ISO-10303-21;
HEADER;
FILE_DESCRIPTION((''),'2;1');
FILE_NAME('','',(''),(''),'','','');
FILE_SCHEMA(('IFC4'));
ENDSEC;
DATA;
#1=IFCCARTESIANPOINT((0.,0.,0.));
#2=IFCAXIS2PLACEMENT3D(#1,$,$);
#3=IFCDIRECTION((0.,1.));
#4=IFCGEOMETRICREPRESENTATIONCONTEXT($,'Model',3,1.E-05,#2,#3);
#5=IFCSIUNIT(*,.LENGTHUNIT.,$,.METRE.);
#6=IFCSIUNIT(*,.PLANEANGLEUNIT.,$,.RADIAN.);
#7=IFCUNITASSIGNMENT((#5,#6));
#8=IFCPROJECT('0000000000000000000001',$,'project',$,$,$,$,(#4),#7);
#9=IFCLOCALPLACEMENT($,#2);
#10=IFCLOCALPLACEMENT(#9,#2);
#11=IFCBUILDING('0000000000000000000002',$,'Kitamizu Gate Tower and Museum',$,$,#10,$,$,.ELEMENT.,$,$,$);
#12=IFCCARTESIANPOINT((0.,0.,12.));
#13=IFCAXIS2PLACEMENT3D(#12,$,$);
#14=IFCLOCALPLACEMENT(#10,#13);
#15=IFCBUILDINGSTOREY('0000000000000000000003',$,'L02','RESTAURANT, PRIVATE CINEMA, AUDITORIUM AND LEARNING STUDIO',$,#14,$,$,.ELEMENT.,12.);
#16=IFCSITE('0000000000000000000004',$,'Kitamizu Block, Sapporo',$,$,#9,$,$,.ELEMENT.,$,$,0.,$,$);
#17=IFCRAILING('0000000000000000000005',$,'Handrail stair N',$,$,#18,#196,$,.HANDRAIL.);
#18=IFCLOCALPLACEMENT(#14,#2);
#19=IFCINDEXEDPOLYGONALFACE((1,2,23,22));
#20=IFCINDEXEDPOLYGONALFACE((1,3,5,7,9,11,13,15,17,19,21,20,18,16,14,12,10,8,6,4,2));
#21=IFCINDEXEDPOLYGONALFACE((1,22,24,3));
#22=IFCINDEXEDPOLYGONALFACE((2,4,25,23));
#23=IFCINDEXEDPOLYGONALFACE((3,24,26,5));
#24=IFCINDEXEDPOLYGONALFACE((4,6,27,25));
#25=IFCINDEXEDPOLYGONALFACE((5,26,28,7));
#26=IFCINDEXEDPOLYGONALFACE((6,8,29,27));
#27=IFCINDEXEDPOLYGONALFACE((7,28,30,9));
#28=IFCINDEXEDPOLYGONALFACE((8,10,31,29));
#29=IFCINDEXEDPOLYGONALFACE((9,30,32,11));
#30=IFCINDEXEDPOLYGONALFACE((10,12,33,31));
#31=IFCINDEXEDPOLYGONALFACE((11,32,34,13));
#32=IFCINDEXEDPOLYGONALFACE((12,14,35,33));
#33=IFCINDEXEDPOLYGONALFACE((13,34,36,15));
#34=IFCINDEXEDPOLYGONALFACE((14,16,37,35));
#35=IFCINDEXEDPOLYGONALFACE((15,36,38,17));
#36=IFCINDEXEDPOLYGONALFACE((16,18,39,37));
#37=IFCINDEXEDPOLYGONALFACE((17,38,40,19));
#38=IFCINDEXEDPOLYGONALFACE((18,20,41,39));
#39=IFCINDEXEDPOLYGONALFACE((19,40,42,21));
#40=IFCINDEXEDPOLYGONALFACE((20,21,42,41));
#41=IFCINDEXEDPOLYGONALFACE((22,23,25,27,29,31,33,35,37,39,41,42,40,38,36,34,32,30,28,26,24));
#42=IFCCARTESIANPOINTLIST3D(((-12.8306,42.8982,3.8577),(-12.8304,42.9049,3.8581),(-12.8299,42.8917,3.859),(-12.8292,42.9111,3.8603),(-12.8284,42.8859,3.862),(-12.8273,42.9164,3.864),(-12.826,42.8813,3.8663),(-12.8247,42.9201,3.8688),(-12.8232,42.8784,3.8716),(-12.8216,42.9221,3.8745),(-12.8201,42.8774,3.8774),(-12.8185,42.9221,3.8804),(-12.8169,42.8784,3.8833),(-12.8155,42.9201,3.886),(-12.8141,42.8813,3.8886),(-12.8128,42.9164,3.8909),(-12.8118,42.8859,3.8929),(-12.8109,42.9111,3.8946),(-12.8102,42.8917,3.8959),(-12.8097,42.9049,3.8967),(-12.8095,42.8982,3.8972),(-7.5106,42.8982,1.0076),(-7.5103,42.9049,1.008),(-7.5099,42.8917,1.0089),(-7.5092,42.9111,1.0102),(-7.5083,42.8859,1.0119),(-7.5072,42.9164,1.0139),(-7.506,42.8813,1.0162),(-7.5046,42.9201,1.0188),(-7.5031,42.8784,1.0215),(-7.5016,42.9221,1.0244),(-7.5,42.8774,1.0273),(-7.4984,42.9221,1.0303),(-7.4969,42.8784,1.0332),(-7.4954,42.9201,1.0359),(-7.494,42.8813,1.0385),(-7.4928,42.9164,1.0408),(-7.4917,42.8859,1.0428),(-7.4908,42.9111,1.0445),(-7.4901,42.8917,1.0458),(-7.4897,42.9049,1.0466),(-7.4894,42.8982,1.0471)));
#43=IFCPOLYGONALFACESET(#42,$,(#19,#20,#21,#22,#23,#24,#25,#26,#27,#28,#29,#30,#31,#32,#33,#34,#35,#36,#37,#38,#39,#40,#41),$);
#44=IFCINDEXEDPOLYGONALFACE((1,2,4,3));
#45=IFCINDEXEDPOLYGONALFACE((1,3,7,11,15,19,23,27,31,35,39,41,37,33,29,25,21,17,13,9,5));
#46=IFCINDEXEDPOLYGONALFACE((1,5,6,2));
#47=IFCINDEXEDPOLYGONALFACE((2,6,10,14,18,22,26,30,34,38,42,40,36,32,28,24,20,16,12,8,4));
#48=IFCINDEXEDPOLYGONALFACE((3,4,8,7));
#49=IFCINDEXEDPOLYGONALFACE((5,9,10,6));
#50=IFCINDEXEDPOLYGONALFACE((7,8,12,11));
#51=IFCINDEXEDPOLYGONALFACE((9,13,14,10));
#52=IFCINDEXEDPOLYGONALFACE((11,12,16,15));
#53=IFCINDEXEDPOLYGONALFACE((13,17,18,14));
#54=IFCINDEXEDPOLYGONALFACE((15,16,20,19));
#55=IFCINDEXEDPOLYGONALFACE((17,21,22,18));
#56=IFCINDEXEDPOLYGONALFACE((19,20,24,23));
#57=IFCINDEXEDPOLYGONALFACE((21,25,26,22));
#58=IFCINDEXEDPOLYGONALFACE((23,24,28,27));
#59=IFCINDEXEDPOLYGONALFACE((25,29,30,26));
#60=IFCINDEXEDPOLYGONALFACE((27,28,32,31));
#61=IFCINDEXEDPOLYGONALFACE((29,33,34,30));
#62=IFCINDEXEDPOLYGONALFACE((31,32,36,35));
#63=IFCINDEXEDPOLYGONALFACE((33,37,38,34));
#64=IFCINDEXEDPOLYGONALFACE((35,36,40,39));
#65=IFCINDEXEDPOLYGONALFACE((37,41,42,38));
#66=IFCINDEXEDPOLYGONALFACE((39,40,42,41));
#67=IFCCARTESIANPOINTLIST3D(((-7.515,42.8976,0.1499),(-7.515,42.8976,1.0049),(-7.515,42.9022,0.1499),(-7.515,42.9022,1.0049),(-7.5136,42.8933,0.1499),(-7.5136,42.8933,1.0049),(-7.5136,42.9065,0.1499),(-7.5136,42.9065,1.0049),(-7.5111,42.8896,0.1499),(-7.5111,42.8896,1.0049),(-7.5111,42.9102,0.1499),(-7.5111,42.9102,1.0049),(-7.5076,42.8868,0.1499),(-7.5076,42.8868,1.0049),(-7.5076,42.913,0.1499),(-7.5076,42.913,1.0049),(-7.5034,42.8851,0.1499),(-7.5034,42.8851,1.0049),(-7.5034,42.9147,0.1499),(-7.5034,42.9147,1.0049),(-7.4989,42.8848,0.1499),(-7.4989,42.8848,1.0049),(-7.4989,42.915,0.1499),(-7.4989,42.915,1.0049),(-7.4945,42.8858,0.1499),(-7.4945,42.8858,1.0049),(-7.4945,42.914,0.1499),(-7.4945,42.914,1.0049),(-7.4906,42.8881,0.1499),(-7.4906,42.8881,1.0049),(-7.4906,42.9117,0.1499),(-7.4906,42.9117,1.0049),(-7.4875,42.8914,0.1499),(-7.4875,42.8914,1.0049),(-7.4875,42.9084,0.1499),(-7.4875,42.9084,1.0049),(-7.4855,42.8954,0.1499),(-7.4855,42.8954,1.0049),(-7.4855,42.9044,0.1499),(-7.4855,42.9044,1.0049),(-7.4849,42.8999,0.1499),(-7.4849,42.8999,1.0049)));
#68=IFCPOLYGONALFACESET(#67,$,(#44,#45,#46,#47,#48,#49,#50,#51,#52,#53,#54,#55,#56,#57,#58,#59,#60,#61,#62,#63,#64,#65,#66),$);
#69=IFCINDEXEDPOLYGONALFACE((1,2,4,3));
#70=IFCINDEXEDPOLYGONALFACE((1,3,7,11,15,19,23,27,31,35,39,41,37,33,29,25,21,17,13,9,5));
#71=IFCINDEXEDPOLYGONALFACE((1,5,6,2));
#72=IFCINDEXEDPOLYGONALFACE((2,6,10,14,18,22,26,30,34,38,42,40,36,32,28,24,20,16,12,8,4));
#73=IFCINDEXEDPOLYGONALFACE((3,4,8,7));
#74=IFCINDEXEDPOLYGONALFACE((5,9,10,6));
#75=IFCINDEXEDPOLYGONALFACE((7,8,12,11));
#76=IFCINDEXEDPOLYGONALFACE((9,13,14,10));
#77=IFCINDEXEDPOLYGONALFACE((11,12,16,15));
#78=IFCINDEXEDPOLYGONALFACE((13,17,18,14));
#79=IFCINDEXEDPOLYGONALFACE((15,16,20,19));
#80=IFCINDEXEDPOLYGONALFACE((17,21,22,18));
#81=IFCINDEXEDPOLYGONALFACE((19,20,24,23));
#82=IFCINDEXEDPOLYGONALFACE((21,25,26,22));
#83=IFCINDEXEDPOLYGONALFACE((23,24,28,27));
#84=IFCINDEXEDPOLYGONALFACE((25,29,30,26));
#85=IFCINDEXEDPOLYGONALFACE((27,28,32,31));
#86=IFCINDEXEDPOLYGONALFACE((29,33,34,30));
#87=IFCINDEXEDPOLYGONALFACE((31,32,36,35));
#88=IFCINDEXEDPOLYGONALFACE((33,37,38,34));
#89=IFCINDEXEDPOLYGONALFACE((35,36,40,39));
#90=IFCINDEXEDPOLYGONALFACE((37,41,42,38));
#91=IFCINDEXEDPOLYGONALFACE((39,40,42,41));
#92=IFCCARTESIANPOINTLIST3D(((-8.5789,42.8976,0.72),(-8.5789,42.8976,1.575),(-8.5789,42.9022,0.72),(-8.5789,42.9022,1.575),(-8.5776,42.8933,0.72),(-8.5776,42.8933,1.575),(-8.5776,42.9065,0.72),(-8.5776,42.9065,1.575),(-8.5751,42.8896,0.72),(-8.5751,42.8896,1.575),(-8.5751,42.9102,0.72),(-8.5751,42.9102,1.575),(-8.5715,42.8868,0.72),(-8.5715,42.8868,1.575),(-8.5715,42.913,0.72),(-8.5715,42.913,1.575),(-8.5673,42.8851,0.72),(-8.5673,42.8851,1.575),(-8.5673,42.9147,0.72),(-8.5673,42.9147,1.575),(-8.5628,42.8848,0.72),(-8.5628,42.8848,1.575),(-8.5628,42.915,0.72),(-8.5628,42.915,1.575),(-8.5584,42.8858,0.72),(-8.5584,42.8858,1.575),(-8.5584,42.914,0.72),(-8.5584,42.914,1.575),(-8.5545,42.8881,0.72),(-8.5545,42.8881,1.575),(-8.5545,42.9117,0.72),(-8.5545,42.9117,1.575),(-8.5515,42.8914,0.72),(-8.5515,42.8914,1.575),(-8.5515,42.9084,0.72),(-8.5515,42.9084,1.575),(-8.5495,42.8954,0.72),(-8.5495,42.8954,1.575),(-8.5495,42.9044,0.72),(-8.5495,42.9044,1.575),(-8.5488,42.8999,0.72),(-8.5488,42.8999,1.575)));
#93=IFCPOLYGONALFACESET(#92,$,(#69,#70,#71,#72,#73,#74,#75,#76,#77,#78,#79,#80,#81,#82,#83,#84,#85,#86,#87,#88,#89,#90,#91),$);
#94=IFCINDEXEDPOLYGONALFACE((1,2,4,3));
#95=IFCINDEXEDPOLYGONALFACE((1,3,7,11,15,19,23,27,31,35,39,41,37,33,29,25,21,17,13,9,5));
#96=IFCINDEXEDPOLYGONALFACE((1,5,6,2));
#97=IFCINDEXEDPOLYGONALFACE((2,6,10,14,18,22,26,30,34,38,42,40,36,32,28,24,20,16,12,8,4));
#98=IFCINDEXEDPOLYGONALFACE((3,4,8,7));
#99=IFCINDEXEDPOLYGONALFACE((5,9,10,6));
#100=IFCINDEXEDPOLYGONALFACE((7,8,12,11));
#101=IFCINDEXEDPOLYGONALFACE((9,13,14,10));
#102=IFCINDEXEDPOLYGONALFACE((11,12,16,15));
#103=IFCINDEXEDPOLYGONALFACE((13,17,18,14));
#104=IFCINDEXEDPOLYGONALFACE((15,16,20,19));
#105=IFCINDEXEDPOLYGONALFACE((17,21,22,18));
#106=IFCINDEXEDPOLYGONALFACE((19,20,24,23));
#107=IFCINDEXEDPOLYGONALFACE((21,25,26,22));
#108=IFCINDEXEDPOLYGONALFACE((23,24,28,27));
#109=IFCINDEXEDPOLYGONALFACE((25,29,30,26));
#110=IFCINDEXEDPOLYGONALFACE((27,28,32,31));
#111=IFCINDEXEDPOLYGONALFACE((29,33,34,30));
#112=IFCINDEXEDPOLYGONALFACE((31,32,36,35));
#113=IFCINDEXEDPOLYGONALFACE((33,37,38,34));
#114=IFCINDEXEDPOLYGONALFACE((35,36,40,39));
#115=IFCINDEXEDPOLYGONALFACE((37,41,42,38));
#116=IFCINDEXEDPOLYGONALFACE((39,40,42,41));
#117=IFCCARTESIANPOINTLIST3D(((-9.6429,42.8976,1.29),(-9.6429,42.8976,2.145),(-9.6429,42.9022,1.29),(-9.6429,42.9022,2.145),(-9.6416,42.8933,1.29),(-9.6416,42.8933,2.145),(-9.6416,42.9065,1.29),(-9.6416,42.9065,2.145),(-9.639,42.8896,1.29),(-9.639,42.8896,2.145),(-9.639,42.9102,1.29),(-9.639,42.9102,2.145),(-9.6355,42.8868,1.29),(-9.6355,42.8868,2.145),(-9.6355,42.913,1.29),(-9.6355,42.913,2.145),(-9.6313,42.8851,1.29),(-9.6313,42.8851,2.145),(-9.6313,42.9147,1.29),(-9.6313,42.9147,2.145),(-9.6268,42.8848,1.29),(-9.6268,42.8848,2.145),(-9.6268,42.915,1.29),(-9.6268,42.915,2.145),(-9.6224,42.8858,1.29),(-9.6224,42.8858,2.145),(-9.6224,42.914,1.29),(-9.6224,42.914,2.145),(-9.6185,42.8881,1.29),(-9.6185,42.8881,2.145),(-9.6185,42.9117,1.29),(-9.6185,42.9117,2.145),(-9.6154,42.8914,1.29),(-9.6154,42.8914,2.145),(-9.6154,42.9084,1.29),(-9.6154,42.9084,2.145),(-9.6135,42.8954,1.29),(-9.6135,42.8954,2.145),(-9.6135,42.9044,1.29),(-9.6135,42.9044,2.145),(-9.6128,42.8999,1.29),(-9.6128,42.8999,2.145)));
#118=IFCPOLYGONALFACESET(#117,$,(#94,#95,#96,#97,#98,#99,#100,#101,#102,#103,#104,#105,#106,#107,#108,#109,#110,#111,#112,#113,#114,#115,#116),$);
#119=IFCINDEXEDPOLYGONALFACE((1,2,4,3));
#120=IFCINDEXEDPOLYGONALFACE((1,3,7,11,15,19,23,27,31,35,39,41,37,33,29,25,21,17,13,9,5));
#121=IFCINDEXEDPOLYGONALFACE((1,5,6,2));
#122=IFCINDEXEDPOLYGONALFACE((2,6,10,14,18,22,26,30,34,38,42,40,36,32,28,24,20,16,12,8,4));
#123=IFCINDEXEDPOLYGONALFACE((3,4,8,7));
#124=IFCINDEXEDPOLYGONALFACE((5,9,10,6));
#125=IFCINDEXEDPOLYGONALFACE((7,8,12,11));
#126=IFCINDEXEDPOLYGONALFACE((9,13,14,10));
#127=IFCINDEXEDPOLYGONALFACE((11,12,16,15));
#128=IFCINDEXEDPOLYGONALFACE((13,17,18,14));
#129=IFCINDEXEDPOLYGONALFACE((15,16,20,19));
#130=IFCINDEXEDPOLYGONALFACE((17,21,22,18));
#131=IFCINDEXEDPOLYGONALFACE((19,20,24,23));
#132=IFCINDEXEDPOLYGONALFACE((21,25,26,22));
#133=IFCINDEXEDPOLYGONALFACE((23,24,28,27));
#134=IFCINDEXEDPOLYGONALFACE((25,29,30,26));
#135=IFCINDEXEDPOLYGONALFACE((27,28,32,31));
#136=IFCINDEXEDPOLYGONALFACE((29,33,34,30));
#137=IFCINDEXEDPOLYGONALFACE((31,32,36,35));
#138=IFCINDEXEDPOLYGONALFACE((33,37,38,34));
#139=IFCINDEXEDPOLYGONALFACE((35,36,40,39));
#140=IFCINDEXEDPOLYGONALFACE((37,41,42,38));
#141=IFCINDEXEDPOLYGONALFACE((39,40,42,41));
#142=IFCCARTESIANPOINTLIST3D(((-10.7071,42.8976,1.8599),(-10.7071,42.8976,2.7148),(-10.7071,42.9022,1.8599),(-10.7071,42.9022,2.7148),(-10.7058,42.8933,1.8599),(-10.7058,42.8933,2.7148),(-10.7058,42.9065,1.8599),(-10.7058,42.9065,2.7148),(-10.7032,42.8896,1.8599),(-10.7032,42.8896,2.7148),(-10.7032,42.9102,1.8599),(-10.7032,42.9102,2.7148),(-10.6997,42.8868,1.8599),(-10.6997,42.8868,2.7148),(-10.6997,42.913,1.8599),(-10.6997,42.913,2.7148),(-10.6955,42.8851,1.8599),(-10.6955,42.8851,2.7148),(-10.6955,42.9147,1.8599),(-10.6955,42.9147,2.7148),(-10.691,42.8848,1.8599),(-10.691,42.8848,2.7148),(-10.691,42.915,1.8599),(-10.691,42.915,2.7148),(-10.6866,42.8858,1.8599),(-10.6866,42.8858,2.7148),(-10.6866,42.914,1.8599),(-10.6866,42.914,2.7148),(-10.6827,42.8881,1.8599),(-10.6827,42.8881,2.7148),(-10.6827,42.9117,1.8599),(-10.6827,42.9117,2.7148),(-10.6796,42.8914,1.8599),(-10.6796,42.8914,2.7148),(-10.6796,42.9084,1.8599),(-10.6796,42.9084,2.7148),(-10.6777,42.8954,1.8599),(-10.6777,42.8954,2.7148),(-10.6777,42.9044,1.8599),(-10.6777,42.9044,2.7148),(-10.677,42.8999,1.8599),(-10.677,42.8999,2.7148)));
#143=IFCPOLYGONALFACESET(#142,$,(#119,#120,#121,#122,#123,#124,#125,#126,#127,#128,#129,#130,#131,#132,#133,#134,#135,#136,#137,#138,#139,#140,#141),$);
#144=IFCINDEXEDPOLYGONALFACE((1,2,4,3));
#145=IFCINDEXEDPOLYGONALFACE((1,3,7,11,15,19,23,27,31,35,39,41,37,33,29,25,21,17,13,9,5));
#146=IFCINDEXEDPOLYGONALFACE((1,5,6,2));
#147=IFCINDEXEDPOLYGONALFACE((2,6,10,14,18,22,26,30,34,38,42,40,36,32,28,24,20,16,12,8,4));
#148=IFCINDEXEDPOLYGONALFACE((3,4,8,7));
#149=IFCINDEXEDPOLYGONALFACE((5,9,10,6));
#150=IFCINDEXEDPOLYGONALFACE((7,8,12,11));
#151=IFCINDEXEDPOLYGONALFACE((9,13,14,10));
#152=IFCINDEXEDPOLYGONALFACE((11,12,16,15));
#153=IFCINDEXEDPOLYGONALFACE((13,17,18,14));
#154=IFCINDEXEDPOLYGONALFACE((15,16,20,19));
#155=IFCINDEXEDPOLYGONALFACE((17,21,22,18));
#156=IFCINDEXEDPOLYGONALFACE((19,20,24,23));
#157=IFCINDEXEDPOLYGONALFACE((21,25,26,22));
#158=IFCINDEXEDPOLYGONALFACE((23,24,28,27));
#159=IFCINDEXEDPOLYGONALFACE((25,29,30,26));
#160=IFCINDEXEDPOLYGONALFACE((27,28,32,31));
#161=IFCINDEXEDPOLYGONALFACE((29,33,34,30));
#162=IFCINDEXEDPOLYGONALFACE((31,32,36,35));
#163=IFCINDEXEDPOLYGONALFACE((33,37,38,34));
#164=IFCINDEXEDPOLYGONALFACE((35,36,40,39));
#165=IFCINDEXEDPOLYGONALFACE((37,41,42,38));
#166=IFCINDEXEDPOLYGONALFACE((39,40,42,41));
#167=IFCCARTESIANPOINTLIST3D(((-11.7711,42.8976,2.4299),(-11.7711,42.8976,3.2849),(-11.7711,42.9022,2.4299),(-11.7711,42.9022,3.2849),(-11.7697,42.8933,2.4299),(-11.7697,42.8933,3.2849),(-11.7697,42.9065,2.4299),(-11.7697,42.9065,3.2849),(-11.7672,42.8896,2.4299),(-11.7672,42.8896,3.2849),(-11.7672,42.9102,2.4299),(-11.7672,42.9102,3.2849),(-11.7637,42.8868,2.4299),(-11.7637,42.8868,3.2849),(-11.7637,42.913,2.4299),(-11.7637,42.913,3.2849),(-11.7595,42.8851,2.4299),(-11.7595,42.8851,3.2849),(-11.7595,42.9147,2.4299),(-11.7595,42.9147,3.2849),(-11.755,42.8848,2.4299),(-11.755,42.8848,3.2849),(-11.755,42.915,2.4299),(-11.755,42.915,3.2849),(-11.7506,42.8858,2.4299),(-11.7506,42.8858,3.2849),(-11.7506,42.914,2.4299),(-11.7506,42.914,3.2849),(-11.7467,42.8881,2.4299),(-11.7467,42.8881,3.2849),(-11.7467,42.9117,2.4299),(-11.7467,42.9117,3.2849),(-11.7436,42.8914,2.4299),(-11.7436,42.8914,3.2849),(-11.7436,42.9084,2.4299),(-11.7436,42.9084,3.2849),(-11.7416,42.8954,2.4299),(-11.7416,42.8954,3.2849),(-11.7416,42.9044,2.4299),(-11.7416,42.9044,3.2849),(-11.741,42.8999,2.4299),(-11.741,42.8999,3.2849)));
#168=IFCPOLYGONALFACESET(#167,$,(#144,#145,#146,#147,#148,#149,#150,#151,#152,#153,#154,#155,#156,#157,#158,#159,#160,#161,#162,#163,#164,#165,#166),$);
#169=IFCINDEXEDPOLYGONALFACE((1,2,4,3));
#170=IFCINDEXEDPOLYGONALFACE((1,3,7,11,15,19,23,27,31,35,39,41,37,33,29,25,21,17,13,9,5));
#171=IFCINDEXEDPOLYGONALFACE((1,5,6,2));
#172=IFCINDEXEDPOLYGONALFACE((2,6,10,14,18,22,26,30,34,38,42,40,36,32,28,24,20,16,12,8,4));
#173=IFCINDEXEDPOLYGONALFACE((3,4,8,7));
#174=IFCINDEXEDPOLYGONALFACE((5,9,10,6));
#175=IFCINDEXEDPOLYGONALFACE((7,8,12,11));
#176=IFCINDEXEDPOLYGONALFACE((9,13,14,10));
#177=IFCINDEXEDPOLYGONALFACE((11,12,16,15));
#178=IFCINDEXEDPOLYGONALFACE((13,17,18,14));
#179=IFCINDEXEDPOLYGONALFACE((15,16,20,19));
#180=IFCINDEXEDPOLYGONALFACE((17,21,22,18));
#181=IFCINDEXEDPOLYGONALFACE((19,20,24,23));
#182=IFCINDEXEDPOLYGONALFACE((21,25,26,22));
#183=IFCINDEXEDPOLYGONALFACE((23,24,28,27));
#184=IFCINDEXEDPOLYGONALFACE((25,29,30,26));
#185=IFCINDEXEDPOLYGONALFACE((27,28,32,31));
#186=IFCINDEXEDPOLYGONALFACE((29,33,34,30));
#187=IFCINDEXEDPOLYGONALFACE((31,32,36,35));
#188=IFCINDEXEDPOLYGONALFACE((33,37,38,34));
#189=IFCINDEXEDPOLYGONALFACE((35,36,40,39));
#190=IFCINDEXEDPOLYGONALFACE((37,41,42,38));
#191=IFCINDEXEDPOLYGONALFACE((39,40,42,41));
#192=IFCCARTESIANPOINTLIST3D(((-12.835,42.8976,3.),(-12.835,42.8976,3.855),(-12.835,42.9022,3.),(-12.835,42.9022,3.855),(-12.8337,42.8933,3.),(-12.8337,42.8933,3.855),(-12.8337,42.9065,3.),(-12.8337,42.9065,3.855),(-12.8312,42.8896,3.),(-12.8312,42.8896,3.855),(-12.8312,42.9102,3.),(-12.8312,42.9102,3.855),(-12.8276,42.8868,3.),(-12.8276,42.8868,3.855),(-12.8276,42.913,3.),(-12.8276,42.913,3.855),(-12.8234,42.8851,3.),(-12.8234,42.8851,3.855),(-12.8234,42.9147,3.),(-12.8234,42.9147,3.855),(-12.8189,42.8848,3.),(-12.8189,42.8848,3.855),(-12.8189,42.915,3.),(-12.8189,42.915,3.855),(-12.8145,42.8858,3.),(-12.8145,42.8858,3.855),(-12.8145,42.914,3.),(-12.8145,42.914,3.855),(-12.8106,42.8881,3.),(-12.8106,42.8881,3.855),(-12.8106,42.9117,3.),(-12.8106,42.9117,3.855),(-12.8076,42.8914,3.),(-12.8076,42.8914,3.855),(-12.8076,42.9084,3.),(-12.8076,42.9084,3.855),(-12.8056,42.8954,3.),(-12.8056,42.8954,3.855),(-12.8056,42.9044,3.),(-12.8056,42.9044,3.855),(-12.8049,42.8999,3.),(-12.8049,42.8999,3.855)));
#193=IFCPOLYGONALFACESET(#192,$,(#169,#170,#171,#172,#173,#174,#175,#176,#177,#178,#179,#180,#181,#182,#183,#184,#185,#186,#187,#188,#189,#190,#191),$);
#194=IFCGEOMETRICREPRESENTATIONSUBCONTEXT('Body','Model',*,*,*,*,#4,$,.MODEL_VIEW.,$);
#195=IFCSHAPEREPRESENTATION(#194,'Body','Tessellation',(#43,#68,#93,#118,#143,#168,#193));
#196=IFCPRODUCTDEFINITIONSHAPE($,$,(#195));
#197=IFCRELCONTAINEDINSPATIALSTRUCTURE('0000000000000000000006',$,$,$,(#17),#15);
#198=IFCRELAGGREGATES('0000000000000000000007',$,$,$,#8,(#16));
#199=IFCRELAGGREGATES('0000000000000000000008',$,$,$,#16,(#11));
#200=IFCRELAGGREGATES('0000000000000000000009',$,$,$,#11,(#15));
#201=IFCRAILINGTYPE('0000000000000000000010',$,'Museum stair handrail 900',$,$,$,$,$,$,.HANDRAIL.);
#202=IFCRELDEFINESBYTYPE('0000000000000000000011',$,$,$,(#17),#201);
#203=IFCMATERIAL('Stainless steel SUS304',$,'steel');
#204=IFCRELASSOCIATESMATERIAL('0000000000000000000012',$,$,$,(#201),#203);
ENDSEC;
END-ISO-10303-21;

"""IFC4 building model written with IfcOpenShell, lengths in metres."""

from ifc_helpers import new_model, si_unit, direction, frame, origin, origin_2d, place, context, subcontext, project, spatial, circle, extrude, material, type_object, element, save


model = new_model("IFC4")

# Units and contexts
model_context = context("Model", 3, precision=1e-05, world=origin(), true_north=direction((0.0, 1.0)))
body_context = subcontext(model_context, "Body", "Model", "MODEL_VIEW")
ifc_project = project(units=[si_unit("LENGTHUNIT", "METRE"), si_unit("PLANEANGLEUNIT", "RADIAN")], contexts=[model_context])

# Site, building, storey
site_placement = place(None, origin())
site = spatial("IfcSite", under=ifc_project, at=site_placement, Name="Kitamizu Block, Sapporo", CompositionType="ELEMENT", RefElevation=0.0)
building_placement = place(site_placement, origin())
building = spatial("IfcBuilding", under=site, at=building_placement, Name="Kitamizu Gate Tower and Museum", CompositionType="ELEMENT")
storey_placement = place(building_placement, frame((0.0, 0.0, 12.0)))
storey = spatial("IfcBuildingStorey", under=building, at=storey_placement, Name="L02", Description="RESTAURANT, PRIVATE CINEMA, AUDITORIUM AND LEARNING STUDIO", CompositionType="ELEMENT", Elevation=12.0)

# Railing
ifc_material_1 = material(Name="Stainless steel SUS304", Category="steel")
railing_type = type_object("IfcRailingType", Name="Museum stair handrail 900", PredefinedType="HANDRAIL", material=ifc_material_1)
for number, where, name in (
    (1, (-7.5, 42.8999, 0.1499), "Handrail stair N"),
):
    element("IfcRailing", number, at=place(storey_placement, frame(where)), inside=storey, type_object=railing_type, Name=name, PredefinedType="HANDRAIL", context=body_context, shape_type="SweptSolid", body=[
        extrude(circle(Radius=0.0225, at=origin_2d()), frame((0.0, 0.0, 0.8774), z_axis=(-0.881476, 0.0, 0.472229), x_axis=(0.0, -1.0, 0.0)), (0.0, 0.0, 1.0), 6.0354),
        extrude(circle(Radius=0.0151, at=origin_2d()), origin(), (0.0, 0.0, 1.0), 0.855),
        extrude(circle(Radius=0.0151, at=origin_2d()), frame((-1.064, 0.0, 0.5701)), (0.0, 0.0, 1.0), 0.855),
        extrude(circle(Radius=0.0151, at=origin_2d()), frame((-2.1279, 0.0, 1.1401)), (0.0, 0.0, 1.0), 0.855),
        extrude(circle(Radius=0.0151, at=origin_2d()), frame((-3.1921, 0.0, 1.71)), (0.0, 0.0, 1.0), 0.855),
        extrude(circle(Radius=0.0151, at=origin_2d()), frame((-4.2561, 0.0, 2.28)), (0.0, 0.0, 1.0), 0.855),
        extrude(circle(Radius=0.0151, at=origin_2d()), frame((-5.3201, 0.0, 2.8501)), (0.0, 0.0, 1.0), 0.855),
    ])

save(model, "model.ifc")
